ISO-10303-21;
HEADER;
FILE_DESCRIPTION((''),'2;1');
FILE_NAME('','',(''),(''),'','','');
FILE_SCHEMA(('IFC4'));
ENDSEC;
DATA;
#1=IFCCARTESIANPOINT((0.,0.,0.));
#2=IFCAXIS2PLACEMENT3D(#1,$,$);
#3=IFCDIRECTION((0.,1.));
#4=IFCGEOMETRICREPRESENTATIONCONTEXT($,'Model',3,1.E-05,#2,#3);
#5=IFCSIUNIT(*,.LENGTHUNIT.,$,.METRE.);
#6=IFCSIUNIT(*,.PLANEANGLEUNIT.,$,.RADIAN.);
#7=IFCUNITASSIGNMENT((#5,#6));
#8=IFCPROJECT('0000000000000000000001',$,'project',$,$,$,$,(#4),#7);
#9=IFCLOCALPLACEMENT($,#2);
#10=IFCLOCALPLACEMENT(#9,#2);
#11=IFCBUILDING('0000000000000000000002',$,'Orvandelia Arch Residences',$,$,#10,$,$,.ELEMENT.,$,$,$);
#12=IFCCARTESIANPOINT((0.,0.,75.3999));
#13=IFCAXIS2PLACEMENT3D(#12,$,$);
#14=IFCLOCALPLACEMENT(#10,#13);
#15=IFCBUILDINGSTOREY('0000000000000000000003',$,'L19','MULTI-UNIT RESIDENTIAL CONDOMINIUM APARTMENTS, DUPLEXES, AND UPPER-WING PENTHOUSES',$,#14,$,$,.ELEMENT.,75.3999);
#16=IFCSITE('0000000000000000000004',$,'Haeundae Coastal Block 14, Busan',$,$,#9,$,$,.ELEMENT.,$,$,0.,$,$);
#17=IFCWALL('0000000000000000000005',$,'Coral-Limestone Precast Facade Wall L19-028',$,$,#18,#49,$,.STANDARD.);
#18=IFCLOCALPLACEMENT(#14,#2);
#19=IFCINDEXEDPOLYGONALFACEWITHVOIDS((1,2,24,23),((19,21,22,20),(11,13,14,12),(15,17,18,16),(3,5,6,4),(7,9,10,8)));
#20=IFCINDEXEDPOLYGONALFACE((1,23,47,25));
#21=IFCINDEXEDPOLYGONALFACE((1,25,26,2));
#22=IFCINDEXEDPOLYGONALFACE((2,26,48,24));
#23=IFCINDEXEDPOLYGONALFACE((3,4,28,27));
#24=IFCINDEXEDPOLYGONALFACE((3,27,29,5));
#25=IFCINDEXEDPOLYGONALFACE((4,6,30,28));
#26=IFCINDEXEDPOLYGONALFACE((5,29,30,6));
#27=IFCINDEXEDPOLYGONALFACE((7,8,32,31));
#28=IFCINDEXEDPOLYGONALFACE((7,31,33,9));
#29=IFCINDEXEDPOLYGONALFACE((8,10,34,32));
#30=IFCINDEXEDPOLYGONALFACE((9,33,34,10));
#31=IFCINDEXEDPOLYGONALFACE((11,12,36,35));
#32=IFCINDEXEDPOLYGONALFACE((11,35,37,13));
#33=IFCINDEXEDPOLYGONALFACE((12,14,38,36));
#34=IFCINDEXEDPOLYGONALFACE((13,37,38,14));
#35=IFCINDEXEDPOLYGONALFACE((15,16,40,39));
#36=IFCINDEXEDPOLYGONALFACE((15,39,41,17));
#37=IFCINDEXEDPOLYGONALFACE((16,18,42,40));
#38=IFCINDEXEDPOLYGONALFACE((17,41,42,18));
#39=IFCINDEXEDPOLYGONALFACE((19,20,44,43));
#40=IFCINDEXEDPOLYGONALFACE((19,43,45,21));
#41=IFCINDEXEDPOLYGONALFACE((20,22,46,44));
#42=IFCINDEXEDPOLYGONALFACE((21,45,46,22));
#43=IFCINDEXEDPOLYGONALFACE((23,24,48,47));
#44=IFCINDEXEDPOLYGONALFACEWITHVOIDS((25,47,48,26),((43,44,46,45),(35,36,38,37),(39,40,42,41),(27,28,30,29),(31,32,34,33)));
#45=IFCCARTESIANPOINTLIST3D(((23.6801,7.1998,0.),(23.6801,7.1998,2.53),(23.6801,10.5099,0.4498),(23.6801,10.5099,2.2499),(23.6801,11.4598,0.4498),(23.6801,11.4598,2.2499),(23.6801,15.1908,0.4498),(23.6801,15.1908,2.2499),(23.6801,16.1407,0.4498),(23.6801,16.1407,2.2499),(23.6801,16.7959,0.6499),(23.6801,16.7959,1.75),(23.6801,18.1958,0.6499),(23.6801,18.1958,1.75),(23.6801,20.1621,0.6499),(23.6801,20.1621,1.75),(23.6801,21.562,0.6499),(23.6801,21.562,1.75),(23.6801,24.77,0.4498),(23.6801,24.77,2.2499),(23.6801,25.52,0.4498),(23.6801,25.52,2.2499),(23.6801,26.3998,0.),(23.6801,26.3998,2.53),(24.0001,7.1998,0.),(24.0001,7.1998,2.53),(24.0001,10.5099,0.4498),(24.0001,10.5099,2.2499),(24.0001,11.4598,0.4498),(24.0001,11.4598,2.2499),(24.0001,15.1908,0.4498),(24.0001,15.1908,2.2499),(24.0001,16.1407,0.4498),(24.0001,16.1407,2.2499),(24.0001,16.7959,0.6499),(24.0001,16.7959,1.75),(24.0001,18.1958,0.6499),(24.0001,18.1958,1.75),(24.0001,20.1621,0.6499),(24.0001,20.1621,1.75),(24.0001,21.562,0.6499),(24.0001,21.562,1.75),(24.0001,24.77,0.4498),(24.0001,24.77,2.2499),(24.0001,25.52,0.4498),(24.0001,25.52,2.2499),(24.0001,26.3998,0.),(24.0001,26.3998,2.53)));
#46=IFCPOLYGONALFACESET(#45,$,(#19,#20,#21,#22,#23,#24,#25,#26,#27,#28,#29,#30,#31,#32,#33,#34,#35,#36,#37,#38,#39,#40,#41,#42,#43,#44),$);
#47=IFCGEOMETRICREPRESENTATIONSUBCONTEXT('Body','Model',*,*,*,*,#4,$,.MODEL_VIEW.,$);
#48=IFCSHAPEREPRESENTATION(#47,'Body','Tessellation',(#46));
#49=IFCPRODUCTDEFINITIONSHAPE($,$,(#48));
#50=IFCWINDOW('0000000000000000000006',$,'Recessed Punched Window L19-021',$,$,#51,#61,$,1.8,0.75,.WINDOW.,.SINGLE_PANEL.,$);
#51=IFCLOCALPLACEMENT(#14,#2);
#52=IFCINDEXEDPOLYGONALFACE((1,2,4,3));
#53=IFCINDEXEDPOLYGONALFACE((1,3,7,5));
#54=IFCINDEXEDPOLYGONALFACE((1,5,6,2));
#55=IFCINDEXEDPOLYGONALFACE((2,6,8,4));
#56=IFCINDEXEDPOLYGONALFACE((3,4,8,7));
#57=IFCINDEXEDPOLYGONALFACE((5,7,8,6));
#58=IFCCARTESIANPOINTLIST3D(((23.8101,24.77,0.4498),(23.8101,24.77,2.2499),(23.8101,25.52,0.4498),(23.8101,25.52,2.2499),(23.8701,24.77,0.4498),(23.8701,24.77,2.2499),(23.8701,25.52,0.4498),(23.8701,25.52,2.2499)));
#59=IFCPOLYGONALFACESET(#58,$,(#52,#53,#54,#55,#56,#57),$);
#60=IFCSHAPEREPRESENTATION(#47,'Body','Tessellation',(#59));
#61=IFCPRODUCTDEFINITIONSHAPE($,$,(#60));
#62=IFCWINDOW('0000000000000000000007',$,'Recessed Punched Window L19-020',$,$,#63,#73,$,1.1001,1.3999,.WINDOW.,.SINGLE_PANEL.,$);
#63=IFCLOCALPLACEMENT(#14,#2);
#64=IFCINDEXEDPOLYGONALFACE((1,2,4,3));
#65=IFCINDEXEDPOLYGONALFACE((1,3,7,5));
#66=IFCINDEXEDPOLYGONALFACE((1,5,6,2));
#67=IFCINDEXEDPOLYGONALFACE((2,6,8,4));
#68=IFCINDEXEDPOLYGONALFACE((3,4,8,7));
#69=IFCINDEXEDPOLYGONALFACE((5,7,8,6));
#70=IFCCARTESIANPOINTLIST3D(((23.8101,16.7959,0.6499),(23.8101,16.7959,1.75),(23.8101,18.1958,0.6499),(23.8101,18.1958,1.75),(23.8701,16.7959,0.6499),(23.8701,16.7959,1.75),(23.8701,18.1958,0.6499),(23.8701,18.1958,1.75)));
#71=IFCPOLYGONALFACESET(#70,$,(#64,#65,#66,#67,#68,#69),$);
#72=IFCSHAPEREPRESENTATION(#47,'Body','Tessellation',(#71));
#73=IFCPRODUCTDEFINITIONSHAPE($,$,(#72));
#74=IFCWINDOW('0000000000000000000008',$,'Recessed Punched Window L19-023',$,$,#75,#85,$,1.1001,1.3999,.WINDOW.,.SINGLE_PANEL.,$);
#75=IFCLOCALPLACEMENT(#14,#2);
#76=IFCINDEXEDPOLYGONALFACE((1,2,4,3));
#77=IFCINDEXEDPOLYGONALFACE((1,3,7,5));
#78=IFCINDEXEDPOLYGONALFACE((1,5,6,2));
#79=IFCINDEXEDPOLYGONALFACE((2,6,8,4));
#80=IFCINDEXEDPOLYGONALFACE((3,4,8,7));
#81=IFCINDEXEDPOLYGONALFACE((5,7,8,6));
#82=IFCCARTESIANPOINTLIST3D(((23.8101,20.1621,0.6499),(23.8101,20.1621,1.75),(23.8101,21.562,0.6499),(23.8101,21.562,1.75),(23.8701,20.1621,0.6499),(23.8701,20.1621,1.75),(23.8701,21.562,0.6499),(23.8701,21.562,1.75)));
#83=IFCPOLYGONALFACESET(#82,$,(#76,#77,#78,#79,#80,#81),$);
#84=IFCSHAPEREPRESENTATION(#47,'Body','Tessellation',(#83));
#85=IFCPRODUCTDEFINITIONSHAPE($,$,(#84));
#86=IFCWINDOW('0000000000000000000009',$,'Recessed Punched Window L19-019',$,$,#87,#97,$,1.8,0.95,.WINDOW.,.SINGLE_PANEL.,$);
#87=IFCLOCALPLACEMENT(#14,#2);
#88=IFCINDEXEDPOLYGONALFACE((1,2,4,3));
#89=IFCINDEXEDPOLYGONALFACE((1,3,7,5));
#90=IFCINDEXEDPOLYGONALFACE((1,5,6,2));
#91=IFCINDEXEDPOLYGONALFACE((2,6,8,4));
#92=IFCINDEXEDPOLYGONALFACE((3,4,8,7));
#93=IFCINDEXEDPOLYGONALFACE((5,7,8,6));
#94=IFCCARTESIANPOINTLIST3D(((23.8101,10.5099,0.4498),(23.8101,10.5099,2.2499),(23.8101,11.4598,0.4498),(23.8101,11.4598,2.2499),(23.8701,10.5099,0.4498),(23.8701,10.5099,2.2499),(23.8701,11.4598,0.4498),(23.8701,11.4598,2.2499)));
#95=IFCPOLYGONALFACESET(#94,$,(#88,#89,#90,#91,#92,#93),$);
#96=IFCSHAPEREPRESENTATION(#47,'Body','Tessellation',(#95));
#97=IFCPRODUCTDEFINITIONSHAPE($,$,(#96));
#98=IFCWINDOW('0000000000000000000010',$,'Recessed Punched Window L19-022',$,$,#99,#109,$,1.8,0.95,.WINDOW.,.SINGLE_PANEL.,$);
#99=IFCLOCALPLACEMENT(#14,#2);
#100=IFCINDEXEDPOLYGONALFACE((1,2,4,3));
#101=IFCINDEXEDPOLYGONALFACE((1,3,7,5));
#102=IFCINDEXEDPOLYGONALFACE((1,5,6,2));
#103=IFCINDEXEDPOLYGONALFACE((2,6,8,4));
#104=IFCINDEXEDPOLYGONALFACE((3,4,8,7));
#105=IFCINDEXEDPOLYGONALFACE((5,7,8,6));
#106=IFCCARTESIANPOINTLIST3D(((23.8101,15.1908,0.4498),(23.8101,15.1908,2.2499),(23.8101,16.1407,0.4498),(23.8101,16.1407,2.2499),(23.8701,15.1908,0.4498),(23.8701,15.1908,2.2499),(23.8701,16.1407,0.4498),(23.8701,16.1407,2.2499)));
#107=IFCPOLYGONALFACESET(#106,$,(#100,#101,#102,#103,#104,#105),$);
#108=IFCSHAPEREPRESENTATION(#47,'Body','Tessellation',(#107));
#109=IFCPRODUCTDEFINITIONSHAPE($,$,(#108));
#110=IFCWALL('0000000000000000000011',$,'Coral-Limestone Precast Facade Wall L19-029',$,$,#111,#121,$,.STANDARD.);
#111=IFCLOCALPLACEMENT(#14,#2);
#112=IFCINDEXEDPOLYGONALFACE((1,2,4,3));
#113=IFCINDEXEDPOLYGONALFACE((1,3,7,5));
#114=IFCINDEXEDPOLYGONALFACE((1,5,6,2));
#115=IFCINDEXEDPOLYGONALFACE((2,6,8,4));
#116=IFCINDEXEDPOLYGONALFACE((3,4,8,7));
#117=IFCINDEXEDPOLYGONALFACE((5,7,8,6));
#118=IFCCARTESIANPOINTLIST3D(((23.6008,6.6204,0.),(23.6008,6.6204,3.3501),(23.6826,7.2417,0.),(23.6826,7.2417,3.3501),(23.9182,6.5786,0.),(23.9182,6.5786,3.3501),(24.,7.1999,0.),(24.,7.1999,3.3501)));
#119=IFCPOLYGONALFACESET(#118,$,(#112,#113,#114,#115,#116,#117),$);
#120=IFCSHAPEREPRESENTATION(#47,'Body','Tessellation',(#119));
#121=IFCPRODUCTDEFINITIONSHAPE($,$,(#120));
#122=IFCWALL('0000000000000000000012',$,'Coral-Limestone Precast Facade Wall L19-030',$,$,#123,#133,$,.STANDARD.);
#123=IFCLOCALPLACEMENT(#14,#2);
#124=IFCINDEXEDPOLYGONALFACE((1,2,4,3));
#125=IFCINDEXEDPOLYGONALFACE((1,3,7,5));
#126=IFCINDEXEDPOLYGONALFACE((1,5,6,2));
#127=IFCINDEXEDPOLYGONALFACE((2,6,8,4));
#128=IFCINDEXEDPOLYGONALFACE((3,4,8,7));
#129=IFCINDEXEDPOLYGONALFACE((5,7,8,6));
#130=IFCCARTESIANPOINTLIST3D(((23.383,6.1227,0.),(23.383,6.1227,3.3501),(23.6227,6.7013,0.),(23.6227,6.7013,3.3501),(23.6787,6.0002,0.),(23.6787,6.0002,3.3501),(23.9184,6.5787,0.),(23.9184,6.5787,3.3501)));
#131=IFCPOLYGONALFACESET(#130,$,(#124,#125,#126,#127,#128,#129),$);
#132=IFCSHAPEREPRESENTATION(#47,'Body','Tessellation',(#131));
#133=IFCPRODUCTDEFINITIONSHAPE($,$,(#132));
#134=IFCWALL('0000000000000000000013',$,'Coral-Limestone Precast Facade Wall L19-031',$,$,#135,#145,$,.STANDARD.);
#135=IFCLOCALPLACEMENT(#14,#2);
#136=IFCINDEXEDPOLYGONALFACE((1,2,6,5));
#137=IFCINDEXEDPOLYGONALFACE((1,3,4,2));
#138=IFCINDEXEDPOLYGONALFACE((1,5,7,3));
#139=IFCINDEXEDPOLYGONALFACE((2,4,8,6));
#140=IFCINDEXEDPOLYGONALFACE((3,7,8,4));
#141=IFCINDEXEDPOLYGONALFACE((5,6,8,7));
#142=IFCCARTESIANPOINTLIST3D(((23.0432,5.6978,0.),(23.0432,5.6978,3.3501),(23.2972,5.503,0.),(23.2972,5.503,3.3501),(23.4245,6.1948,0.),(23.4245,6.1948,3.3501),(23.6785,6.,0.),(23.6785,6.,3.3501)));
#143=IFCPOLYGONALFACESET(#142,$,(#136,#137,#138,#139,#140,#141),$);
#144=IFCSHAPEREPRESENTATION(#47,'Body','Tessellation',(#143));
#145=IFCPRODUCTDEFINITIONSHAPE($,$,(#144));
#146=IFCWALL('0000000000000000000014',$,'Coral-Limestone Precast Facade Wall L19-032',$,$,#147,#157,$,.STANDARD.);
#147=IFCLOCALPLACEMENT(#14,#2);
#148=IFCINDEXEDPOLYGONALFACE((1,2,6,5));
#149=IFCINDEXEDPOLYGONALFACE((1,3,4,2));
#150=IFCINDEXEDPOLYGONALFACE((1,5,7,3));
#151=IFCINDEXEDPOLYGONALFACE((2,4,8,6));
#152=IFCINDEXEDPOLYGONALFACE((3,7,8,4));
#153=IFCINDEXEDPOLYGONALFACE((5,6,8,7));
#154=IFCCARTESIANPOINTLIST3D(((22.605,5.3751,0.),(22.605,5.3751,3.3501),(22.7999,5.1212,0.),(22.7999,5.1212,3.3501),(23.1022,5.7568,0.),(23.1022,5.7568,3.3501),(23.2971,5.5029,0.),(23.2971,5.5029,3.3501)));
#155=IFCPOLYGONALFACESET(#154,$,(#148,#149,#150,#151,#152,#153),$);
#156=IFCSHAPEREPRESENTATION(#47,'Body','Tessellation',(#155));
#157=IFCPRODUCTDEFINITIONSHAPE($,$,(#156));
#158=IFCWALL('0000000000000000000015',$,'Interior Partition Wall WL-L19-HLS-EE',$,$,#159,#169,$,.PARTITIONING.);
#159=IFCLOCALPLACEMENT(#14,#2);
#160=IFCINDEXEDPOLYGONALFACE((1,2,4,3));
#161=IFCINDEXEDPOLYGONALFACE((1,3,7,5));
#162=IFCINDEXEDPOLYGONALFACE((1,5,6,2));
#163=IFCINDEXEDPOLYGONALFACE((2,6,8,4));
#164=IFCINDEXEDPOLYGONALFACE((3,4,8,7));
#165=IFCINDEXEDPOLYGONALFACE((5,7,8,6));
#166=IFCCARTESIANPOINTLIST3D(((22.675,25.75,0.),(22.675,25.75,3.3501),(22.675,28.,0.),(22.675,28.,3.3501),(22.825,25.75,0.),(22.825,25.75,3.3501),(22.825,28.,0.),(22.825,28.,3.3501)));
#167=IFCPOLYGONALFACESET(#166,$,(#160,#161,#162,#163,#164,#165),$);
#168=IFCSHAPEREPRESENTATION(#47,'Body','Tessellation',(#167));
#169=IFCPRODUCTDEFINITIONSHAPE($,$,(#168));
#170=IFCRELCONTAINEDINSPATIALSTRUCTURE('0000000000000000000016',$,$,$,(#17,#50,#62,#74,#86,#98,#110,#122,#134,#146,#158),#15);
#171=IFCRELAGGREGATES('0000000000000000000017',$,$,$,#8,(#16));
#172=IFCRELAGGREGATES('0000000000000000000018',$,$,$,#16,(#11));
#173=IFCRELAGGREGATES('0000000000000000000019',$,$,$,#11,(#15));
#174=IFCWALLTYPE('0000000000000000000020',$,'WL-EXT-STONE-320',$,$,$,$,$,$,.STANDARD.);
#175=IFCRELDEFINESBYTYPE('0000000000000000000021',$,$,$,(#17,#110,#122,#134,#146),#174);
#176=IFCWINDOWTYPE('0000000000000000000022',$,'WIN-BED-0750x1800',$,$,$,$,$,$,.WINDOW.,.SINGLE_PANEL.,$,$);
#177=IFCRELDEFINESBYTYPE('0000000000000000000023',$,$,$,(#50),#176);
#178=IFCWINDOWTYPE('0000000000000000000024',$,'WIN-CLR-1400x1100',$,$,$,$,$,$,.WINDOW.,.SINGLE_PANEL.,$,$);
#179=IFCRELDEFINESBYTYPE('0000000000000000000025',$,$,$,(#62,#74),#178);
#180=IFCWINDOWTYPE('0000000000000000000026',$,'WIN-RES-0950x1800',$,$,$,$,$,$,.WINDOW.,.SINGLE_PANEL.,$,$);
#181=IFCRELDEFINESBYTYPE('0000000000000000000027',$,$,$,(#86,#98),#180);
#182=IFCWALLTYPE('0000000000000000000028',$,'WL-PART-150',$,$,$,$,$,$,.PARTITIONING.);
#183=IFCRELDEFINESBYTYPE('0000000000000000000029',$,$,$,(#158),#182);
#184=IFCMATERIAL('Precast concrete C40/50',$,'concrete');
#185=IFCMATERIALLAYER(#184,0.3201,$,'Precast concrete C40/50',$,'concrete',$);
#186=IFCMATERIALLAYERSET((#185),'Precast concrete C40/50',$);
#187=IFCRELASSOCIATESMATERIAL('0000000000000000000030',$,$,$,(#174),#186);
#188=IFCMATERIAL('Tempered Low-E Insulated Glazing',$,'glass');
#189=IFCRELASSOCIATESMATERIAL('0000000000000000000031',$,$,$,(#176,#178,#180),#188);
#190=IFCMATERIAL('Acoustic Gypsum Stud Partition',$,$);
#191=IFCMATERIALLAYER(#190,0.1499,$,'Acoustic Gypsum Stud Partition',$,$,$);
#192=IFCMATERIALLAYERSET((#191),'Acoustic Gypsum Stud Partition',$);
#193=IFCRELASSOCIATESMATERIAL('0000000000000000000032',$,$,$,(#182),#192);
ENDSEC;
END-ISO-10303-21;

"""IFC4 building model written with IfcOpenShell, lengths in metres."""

from ifc_helpers import new_model, si_unit, direction, frame, frame_2d, origin, place, context, subcontext, project, spatial, rectangle, extrude, material, layer, layer_set, type_object, element, fill, save


model = new_model("IFC4")

# Units and contexts
model_context = context("Model", 3, precision=1e-05, world=origin(), true_north=direction((0.0, 1.0)))
body_context = subcontext(model_context, "Body", "Model", "MODEL_VIEW")
ifc_project = project(units=[si_unit("LENGTHUNIT", "METRE"), si_unit("PLANEANGLEUNIT", "RADIAN")], contexts=[model_context])

# Site, building, storey
site_placement = place(None, origin())
site = spatial("IfcSite", under=ifc_project, at=site_placement, Name="Haeundae Coastal Block 14, Busan", CompositionType="ELEMENT", RefElevation=0.0)
building_placement = place(site_placement, origin())
building = spatial("IfcBuilding", under=site, at=building_placement, Name="Orvandelia Arch Residences", CompositionType="ELEMENT")
storey_placement = place(building_placement, frame((0.0, 0.0, 75.3999)))
storey = spatial("IfcBuildingStorey", under=building, at=storey_placement, Name="L19", Description="MULTI-UNIT RESIDENTIAL CONDOMINIUM APARTMENTS, DUPLEXES, AND UPPER-WING PENTHOUSES", CompositionType="ELEMENT", Elevation=75.3999)

# Shared definitions
ifc_material_1 = material(Name="Precast concrete C40/50", Category="concrete")
ifc_layer_1 = layer(ifc_material_1, 0.3201, Name="Precast concrete C40/50", Category="concrete")
ifc_layer_set_1 = layer_set([ifc_layer_1], Name="Precast concrete C40/50")
wall_type_1 = type_object("IfcWallType", Name="WL-EXT-STONE-320", PredefinedType="STANDARD", material=ifc_layer_set_1)

# Wall, openings, windows
wall_1_placement = place(storey_placement, frame((23.8401, 26.3999, 0.0), z_axis=(0.0, 0.0, 1.0), x_axis=(0.0, -1.0, 0.0)))
wall_1 = element("IfcWall", 1, at=wall_1_placement, inside=storey, type_object=wall_type_1, Name="Coral-Limestone Precast Facade Wall L19-028", PredefinedType="STANDARD", context=body_context, shape_type="SweptSolid", body=[
    extrude(rectangle(XDim=19.2, YDim=0.3201, at=frame_2d((9.6001, 0.0))), origin(), (0.0, 0.0, 1.0), 2.53),
])
opening_1_placement = place(wall_1_placement, frame((14.9399, 0.0, 0.45)))
opening_1 = element("IfcOpeningElement", 2, at=opening_1_placement, cuts=wall_1, PredefinedType="OPENING", context=body_context, shape_type="SweptSolid", body=[
    extrude(rectangle(XDim=0.95, YDim=1.8, at=frame_2d((0.4751, 0.8999))), frame((0.0, 0.1699, 0.0), z_axis=(0.0, -1.0, 0.0), x_axis=(1.0, 0.0, 0.0)), (0.0, 0.0, 1.0), 0.3401),
])
opening_2_placement = place(wall_1_placement, frame((8.2041, 0.0, 0.6499)))
opening_2 = element("IfcOpeningElement", 3, at=opening_2_placement, cuts=wall_1, PredefinedType="OPENING", context=body_context, shape_type="SweptSolid", body=[
    extrude(rectangle(XDim=1.3999, YDim=1.1001, at=frame_2d((0.7, 0.55))), frame((0.0, 0.1699, 0.0), z_axis=(0.0, -1.0, 0.0), x_axis=(1.0, 0.0, 0.0)), (0.0, 0.0, 1.0), 0.3401),
])
opening_3_placement = place(wall_1_placement, frame((0.8799, 0.0, 0.45)))
opening_3 = element("IfcOpeningElement", 4, at=opening_3_placement, cuts=wall_1, PredefinedType="OPENING", context=body_context, shape_type="SweptSolid", body=[
    extrude(rectangle(XDim=0.75, YDim=1.8, at=frame_2d((0.375, 0.8999))), frame((0.0, 0.1699, 0.0), z_axis=(0.0, -1.0, 0.0), x_axis=(1.0, 0.0, 0.0)), (0.0, 0.0, 1.0), 0.3401),
])
opening_4_placement = place(wall_1_placement, frame((10.259, 0.0, 0.45)))
opening_4 = element("IfcOpeningElement", 5, at=opening_4_placement, cuts=wall_1, PredefinedType="OPENING", context=body_context, shape_type="SweptSolid", body=[
    extrude(rectangle(XDim=0.95, YDim=1.8, at=frame_2d((0.4751, 0.8999))), frame((0.0, 0.1699, 0.0), z_axis=(0.0, -1.0, 0.0), x_axis=(1.0, 0.0, 0.0)), (0.0, 0.0, 1.0), 0.3401),
])
opening_5_placement = place(wall_1_placement, frame((4.8379, 0.0, 0.6499)))
opening_5 = element("IfcOpeningElement", 6, at=opening_5_placement, cuts=wall_1, PredefinedType="OPENING", context=body_context, shape_type="SweptSolid", body=[
    extrude(rectangle(XDim=1.3999, YDim=1.1001, at=frame_2d((0.7, 0.55))), frame((0.0, 0.1699, 0.0), z_axis=(0.0, -1.0, 0.0), x_axis=(1.0, 0.0, 0.0)), (0.0, 0.0, 1.0), 0.3401),
])
ifc_material_2 = material(Name="Tempered Low-E Insulated Glazing", Category="glass")
window_type_1 = type_object("IfcWindowType", Name="WIN-BED-0750x1800", PartitioningType="SINGLE_PANEL", PredefinedType="WINDOW", material=ifc_material_2)
window_1_placement = place(opening_3_placement, origin())
window_1 = element("IfcWindow", 7, at=window_1_placement, inside=storey, type_object=window_type_1, Name="Recessed Punched Window L19-021", OverallHeight=1.8, OverallWidth=0.75, PartitioningType="SINGLE_PANEL", PredefinedType="WINDOW", context=body_context, shape_type="SweptSolid", body=[
    extrude(rectangle(XDim=0.75, YDim=1.8, at=frame_2d((0.375, 0.8999))), frame((0.0, 0.03, 0.0), z_axis=(0.0, -1.0, 0.0), x_axis=(1.0, 0.0, 0.0)), (0.0, 0.0, 1.0), 0.0601),
])
fill(opening_3, window_1)
window_type_2 = type_object("IfcWindowType", Name="WIN-CLR-1400x1100", PartitioningType="SINGLE_PANEL", PredefinedType="WINDOW", material=ifc_material_2)
window_2_placement = place(opening_2_placement, origin())
window_2 = element("IfcWindow", 8, at=window_2_placement, inside=storey, type_object=window_type_2, Name="Recessed Punched Window L19-020", OverallHeight=1.1001, OverallWidth=1.3999, PartitioningType="SINGLE_PANEL", PredefinedType="WINDOW", context=body_context, shape_type="SweptSolid", body=[
    extrude(rectangle(XDim=1.3999, YDim=1.1001, at=frame_2d((0.7, 0.55))), frame((0.0, 0.03, 0.0), z_axis=(0.0, -1.0, 0.0), x_axis=(1.0, 0.0, 0.0)), (0.0, 0.0, 1.0), 0.0601),
])
fill(opening_2, window_2)
window_3_placement = place(opening_5_placement, origin())
window_3 = element("IfcWindow", 9, at=window_3_placement, inside=storey, type_object=window_type_2, Name="Recessed Punched Window L19-023", OverallHeight=1.1001, OverallWidth=1.3999, PartitioningType="SINGLE_PANEL", PredefinedType="WINDOW", context=body_context, shape_type="SweptSolid", body=[
    extrude(rectangle(XDim=1.3999, YDim=1.1001, at=frame_2d((0.7, 0.55))), frame((0.0, 0.03, 0.0), z_axis=(0.0, -1.0, 0.0), x_axis=(1.0, 0.0, 0.0)), (0.0, 0.0, 1.0), 0.0601),
])
fill(opening_5, window_3)
window_type_3 = type_object("IfcWindowType", Name="WIN-RES-0950x1800", PartitioningType="SINGLE_PANEL", PredefinedType="WINDOW", material=ifc_material_2)
window_4_placement = place(opening_1_placement, origin())
window_4 = element("IfcWindow", 10, at=window_4_placement, inside=storey, type_object=window_type_3, Name="Recessed Punched Window L19-019", OverallHeight=1.8, OverallWidth=0.95, PartitioningType="SINGLE_PANEL", PredefinedType="WINDOW", context=body_context, shape_type="SweptSolid", body=[
    extrude(rectangle(XDim=0.95, YDim=1.8, at=frame_2d((0.4751, 0.8999))), frame((0.0, 0.03, 0.0), z_axis=(0.0, -1.0, 0.0), x_axis=(1.0, 0.0, 0.0)), (0.0, 0.0, 1.0), 0.0601),
])
fill(opening_1, window_4)
window_5_placement = place(opening_4_placement, origin())
window_5 = element("IfcWindow", 11, at=window_5_placement, inside=storey, type_object=window_type_3, Name="Recessed Punched Window L19-022", OverallHeight=1.8, OverallWidth=0.95, PartitioningType="SINGLE_PANEL", PredefinedType="WINDOW", context=body_context, shape_type="SweptSolid", body=[
    extrude(rectangle(XDim=0.95, YDim=1.8, at=frame_2d((0.4751, 0.8999))), frame((0.0, 0.03, 0.0), z_axis=(0.0, -1.0, 0.0), x_axis=(1.0, 0.0, 0.0)), (0.0, 0.0, 1.0), 0.0601),
])
fill(opening_4, window_5)

# Walls
wall_2_placement = place(storey_placement, frame((23.8413, 7.2209, 0.0), z_axis=(0.0, 0.0, 1.0), x_axis=(-0.130505, -0.991448, 0.0)))
element("IfcWall", 12, at=wall_2_placement, inside=storey, type_object=wall_type_1, Name="Coral-Limestone Precast Facade Wall L19-029", PredefinedType="STANDARD", context=body_context, shape_type="SweptSolid", body=[
    extrude(rectangle(XDim=0.6267, YDim=0.3201, at=frame_2d((0.3135, 0.0))), origin(), (0.0, 0.0, 1.0), 3.3501),
])
wall_3_placement = place(storey_placement, frame((23.7705, 6.6399, 0.0), z_axis=(0.0, 0.0, 1.0), x_axis=(-0.382788, -0.923836, 0.0)))
element("IfcWall", 13, at=wall_3_placement, inside=storey, type_object=wall_type_1, Name="Coral-Limestone Precast Facade Wall L19-030", PredefinedType="STANDARD", context=body_context, shape_type="SweptSolid", body=[
    extrude(rectangle(XDim=0.6262, YDim=0.3201, at=frame_2d((0.313, 0.0))), origin(), (0.0, 0.0, 1.0), 3.3501),
])
wall_4_placement = place(storey_placement, frame((23.5515, 6.0974, 0.0), z_axis=(0.0, 0.0, 1.0), x_axis=(-0.608693, -0.793406, 0.0)))
element("IfcWall", 14, at=wall_4_placement, inside=storey, type_object=wall_type_1, Name="Coral-Limestone Precast Facade Wall L19-031", PredefinedType="STANDARD", context=body_context, shape_type="SweptSolid", body=[
    extrude(rectangle(XDim=0.6265, YDim=0.3201, at=frame_2d((0.3132, 0.0))), origin(), (0.0, 0.0, 1.0), 3.3501),
])
wall_5_placement = place(storey_placement, frame((23.1997, 5.6299, 0.0), z_axis=(0.0, 0.0, 1.0), x_axis=(-0.793217, -0.608939, 0.0)))
element("IfcWall", 15, at=wall_5_placement, inside=storey, type_object=wall_type_1, Name="Coral-Limestone Precast Facade Wall L19-032", PredefinedType="STANDARD", context=body_context, shape_type="SweptSolid", body=[
    extrude(rectangle(XDim=0.6267, YDim=0.3201, at=frame_2d((0.3135, 0.0))), origin(), (0.0, 0.0, 1.0), 3.3501),
])
ifc_material_3 = material(Name="Acoustic Gypsum Stud Partition")
ifc_layer_2 = layer(ifc_material_3, 0.1499, Name="Acoustic Gypsum Stud Partition")
ifc_layer_set_2 = layer_set([ifc_layer_2], Name="Acoustic Gypsum Stud Partition")
wall_type_2 = type_object("IfcWallType", Name="WL-PART-150", PredefinedType="PARTITIONING", material=ifc_layer_set_2)
wall_6_placement = place(storey_placement, frame((22.75, 25.75, 0.0), z_axis=(0.0, 0.0, 1.0), x_axis=(0.0, 1.0, 0.0)))
element("IfcWall", 16, at=wall_6_placement, inside=storey, type_object=wall_type_2, Name="Interior Partition Wall WL-L19-HLS-EE", PredefinedType="PARTITIONING", context=body_context, shape_type="SweptSolid", body=[
    extrude(rectangle(XDim=2.25, YDim=0.1499, at=frame_2d((1.125, 0.0))), origin(), (0.0, 0.0, 1.0), 3.3501),
])

save(model, "model.ifc")
